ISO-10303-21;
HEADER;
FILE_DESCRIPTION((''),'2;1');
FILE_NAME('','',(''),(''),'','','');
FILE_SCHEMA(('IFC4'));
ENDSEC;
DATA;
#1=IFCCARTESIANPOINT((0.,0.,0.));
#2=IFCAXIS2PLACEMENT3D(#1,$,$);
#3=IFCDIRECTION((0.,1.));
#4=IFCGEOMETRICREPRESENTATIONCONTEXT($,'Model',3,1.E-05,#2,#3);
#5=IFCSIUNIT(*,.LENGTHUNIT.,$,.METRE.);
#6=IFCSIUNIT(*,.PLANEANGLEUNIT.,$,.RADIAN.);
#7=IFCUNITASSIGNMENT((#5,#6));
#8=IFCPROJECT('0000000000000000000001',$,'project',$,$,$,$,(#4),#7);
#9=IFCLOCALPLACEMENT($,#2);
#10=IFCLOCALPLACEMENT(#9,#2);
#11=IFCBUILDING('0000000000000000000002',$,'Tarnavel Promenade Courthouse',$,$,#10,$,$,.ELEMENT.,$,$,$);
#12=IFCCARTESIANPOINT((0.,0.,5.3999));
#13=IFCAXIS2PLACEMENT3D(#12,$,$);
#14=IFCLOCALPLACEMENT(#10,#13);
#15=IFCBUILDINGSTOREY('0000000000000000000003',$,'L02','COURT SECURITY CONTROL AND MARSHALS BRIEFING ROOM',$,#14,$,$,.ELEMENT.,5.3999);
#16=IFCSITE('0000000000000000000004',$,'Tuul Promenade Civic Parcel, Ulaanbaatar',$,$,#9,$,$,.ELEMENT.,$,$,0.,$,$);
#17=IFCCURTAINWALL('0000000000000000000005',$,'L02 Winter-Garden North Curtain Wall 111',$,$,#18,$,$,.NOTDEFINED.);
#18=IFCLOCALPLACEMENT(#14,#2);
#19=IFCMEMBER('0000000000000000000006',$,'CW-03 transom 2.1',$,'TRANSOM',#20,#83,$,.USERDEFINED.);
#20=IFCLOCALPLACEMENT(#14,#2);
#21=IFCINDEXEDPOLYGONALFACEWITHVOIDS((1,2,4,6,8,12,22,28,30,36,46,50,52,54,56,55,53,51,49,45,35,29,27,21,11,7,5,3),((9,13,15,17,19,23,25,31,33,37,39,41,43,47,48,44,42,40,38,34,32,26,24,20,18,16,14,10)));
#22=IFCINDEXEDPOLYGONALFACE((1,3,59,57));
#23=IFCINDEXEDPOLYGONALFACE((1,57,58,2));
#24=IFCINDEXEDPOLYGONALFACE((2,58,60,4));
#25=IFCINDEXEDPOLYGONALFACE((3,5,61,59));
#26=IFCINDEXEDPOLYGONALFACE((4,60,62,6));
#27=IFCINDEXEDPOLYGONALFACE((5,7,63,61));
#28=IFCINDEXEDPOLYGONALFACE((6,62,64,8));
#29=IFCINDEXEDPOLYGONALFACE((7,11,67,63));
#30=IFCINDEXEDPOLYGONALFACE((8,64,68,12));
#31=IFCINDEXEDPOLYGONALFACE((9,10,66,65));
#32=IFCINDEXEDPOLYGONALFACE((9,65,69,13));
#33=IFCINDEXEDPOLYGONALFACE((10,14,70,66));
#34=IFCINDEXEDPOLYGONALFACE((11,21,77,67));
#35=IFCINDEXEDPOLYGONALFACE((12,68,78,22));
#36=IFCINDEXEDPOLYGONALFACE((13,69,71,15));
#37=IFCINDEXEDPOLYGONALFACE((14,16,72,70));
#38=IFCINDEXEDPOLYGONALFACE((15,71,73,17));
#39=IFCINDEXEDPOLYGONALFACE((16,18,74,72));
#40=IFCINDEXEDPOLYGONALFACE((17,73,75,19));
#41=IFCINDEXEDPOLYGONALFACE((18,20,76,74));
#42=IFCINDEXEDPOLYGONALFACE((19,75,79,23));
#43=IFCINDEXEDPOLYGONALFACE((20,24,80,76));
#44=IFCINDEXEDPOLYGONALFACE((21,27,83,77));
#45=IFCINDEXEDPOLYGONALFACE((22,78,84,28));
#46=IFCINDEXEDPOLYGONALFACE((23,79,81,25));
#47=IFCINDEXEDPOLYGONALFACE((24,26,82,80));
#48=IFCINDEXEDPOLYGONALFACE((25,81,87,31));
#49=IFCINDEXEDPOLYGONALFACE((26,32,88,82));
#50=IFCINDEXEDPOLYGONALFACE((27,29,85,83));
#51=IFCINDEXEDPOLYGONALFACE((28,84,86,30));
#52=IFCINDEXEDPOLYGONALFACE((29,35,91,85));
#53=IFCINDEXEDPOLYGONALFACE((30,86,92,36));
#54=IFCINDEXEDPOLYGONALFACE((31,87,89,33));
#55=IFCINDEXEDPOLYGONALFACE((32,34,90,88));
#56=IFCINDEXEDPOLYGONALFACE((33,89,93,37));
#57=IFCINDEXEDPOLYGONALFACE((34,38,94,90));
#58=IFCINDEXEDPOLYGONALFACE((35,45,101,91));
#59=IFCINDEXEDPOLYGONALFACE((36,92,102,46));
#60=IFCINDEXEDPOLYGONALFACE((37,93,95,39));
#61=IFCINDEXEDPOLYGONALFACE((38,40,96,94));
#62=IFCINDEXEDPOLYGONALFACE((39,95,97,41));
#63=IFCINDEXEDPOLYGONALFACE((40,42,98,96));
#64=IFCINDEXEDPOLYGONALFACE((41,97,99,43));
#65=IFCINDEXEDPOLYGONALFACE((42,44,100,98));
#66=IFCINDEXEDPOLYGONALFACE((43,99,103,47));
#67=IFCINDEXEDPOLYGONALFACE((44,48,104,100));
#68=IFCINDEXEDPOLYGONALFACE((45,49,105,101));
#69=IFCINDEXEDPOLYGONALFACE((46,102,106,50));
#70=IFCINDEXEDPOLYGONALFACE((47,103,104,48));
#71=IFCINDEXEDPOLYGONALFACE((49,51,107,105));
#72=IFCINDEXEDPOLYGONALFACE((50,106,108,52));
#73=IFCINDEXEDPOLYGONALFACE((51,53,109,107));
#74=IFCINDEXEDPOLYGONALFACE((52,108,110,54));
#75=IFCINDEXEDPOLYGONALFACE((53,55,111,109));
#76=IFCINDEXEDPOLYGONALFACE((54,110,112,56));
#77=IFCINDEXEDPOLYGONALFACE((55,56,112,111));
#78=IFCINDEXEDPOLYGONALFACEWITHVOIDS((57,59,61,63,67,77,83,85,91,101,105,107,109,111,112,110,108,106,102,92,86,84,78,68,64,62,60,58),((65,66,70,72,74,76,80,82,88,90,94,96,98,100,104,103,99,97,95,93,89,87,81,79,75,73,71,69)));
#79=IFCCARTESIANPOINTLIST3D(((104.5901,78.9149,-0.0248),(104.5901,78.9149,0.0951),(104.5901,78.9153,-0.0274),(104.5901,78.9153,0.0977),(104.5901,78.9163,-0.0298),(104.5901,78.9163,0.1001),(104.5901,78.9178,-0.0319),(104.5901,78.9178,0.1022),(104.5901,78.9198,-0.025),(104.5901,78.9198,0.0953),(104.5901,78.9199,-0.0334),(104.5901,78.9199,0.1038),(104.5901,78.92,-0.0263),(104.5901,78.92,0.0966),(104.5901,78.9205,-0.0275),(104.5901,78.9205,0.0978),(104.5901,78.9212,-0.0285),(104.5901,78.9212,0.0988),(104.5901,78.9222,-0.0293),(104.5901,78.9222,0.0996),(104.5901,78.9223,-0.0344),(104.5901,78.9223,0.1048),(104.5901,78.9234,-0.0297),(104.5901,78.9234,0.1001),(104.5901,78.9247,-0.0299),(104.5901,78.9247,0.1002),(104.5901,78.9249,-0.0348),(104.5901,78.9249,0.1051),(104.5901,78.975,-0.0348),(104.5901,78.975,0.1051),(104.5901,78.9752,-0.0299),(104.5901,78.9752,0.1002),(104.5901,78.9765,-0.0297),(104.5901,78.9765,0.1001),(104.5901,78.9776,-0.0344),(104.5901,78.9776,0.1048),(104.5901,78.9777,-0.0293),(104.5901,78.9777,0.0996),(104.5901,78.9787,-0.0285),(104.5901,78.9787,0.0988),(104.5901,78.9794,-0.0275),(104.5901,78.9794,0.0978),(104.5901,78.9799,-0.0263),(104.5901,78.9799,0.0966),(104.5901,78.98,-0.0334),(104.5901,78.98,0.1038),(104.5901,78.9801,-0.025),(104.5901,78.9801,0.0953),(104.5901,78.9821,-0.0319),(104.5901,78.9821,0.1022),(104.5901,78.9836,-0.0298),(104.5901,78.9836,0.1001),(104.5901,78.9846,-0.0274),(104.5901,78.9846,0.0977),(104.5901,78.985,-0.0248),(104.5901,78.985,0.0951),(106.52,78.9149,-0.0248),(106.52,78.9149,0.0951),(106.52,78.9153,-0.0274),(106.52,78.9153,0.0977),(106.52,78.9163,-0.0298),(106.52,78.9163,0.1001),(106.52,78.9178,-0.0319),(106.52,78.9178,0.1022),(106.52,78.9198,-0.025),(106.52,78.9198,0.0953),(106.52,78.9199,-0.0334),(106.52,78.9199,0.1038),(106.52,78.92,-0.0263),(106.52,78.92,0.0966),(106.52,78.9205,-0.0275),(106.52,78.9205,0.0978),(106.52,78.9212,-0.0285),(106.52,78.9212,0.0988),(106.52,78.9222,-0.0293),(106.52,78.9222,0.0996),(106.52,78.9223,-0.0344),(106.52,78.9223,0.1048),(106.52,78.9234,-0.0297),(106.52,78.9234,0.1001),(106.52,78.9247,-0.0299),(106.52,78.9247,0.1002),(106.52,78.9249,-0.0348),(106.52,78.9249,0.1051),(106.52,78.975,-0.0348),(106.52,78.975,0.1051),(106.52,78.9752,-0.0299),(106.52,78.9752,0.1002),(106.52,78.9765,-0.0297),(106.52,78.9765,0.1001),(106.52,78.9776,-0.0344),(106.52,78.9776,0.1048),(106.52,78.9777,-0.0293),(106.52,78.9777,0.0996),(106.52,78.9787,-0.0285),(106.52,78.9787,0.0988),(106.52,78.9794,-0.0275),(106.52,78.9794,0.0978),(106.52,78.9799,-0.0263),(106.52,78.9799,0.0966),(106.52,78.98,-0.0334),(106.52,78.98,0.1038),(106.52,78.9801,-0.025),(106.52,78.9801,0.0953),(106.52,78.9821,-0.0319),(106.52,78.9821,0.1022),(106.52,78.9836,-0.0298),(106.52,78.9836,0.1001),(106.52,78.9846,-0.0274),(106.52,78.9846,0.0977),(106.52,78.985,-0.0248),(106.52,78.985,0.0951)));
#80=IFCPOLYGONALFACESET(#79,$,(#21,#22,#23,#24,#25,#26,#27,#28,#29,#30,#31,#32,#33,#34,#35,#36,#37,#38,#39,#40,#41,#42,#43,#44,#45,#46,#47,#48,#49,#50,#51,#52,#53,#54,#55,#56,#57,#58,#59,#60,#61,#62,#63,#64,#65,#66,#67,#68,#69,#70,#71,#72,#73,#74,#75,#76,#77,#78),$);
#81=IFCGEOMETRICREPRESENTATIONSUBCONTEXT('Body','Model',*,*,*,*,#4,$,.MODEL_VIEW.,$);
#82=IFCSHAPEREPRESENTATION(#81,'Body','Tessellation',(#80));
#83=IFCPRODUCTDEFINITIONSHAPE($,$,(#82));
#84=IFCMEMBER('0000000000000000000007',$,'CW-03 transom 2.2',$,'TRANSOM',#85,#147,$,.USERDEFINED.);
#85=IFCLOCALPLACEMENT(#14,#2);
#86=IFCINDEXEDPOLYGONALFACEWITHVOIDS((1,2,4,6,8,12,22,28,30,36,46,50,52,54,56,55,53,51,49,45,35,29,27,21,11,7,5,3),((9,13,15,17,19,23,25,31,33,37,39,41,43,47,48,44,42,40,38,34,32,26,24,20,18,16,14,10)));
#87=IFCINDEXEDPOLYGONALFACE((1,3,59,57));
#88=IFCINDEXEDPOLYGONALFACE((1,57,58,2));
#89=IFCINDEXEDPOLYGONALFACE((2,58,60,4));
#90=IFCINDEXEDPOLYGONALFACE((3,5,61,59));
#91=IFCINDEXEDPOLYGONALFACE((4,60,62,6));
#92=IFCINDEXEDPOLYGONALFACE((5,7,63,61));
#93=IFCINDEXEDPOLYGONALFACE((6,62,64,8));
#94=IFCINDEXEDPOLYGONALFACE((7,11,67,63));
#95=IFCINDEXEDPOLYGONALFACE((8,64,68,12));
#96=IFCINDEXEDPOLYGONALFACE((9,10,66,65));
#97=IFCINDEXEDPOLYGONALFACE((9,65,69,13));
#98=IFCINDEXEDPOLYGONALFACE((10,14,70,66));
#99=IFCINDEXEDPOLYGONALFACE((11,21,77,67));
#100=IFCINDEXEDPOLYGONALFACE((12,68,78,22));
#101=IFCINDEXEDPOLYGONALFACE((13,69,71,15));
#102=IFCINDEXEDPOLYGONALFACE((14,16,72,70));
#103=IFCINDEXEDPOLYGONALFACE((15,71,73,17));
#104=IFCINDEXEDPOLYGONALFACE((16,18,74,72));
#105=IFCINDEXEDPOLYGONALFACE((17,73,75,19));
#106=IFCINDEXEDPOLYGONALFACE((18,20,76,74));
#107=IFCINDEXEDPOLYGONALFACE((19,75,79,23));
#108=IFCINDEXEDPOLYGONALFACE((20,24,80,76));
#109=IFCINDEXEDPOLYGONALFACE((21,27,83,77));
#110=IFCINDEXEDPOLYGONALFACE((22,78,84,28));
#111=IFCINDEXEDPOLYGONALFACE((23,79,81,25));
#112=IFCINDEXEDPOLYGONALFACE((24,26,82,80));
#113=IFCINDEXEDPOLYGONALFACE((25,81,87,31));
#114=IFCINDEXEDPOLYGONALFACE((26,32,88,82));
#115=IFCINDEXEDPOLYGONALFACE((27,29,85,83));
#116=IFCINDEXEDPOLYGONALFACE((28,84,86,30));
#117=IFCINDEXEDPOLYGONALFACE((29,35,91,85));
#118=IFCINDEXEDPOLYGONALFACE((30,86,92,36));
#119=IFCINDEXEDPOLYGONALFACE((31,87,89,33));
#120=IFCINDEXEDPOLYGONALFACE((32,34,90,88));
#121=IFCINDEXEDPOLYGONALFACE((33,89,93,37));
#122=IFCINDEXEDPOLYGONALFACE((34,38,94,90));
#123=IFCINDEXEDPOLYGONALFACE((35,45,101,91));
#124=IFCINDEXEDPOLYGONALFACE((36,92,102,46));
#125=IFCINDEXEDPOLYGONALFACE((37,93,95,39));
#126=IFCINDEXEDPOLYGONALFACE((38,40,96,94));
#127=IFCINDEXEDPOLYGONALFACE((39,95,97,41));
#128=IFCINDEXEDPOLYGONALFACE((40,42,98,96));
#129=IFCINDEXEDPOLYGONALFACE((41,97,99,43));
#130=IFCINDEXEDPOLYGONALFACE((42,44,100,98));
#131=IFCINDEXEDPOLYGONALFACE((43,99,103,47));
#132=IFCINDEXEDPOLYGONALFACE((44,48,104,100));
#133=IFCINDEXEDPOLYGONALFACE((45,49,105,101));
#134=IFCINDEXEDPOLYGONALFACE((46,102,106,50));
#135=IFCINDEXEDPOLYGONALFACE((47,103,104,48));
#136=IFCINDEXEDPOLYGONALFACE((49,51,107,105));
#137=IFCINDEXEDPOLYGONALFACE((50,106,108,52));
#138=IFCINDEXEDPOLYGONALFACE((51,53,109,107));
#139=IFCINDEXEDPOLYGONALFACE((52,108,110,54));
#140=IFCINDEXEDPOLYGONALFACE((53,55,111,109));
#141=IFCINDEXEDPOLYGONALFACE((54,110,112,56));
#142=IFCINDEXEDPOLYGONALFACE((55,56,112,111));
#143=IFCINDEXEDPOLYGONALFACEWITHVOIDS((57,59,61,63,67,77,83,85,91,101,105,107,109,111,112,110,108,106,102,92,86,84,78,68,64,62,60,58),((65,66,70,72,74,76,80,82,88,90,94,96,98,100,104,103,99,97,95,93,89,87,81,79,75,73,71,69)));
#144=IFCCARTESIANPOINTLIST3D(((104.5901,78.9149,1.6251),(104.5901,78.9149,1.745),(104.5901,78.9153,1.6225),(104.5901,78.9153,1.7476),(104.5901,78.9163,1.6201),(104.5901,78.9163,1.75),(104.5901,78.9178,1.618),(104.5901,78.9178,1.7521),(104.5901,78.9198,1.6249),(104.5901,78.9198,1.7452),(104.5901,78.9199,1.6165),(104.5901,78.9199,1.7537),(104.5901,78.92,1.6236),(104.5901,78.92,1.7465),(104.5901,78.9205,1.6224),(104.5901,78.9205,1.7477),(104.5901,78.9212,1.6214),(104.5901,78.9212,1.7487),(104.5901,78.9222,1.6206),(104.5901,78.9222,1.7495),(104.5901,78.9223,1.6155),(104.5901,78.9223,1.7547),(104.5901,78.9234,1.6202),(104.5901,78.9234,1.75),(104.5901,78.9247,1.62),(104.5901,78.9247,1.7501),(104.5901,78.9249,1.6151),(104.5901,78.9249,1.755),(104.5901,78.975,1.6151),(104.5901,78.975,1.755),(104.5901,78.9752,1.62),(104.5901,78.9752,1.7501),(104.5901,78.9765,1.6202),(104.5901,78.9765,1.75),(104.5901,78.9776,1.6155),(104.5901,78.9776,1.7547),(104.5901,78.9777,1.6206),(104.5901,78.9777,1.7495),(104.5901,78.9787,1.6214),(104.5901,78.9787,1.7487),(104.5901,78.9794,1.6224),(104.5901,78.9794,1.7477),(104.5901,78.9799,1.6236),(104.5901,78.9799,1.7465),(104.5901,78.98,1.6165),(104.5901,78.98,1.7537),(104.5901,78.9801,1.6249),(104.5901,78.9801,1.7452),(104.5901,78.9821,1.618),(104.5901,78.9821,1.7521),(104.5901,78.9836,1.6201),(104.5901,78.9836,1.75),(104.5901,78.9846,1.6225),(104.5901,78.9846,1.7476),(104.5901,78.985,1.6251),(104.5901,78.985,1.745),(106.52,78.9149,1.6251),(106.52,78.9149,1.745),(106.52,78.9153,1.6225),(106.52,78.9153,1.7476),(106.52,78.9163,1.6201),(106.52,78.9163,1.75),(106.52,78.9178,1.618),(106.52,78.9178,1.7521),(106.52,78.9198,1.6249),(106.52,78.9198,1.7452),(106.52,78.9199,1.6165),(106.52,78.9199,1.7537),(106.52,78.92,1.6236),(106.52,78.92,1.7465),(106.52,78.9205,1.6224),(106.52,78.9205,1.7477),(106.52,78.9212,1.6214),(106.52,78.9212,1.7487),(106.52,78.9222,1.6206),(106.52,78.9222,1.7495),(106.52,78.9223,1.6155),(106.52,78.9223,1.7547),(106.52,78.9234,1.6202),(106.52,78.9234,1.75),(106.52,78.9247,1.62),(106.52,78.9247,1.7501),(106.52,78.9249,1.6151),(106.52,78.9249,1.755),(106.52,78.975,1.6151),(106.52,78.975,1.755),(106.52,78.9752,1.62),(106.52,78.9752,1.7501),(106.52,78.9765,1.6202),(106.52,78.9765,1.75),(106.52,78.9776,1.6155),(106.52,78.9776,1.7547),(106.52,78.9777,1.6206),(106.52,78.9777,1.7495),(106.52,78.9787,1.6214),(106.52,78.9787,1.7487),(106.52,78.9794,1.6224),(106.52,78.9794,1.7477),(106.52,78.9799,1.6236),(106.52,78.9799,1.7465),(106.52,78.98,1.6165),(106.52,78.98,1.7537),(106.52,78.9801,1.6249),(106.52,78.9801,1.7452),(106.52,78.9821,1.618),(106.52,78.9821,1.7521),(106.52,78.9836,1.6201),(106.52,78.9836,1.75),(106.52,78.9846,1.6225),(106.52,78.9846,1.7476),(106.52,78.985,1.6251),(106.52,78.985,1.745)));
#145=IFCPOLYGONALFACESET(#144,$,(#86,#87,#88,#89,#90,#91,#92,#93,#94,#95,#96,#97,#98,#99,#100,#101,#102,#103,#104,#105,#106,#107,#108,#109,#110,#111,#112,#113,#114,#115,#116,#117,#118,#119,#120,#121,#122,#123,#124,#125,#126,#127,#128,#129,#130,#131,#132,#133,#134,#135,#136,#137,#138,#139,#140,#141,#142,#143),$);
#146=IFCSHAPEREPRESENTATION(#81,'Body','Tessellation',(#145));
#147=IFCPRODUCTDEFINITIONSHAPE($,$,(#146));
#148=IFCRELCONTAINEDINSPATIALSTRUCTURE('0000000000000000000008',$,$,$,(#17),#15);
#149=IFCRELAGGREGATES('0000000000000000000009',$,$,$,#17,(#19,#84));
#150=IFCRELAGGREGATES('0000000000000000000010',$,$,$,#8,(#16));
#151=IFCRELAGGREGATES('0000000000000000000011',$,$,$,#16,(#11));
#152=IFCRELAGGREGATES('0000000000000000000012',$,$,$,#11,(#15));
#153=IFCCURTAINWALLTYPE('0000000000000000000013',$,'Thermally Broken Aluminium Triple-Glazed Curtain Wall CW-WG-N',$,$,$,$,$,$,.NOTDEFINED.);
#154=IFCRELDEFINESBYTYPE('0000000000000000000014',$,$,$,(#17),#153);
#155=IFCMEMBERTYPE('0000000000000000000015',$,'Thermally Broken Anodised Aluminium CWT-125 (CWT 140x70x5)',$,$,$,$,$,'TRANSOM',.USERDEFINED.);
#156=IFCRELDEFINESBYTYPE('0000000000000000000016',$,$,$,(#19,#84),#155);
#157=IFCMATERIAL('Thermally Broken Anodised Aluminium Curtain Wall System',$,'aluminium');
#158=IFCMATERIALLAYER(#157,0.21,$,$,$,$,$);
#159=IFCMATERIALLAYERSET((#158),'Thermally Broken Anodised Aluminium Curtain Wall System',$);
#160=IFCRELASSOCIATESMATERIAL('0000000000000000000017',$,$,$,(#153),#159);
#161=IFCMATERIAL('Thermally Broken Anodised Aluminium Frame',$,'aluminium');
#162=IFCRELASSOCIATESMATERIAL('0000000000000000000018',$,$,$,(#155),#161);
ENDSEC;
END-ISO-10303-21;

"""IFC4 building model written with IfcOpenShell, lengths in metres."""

from ifc_helpers import new_model, si_unit, direction, frame, origin, origin_2d, place, context, subcontext, project, spatial, hollow_rectangle, extrude, material, layer, layer_set, material_profile, profile_set, type_object, element, aggregate, save


model = new_model("IFC4")

# Units and contexts
model_context = context("Model", 3, precision=1e-05, world=origin(), true_north=direction((0.0, 1.0)))
body_context = subcontext(model_context, "Body", "Model", "MODEL_VIEW")
ifc_project = project(units=[si_unit("LENGTHUNIT", "METRE"), si_unit("PLANEANGLEUNIT", "RADIAN")], contexts=[model_context])

# Site, building, storey
site_placement = place(None, origin())
site = spatial("IfcSite", under=ifc_project, at=site_placement, Name="Tuul Promenade Civic Parcel, Ulaanbaatar", CompositionType="ELEMENT", RefElevation=0.0)
building_placement = place(site_placement, origin())
building = spatial("IfcBuilding", under=site, at=building_placement, Name="Tarnavel Promenade Courthouse", CompositionType="ELEMENT")
storey_placement = place(building_placement, frame((0.0, 0.0, 5.3999)))
storey = spatial("IfcBuildingStorey", under=building, at=storey_placement, Name="L02", Description="COURT SECURITY CONTROL AND MARSHALS BRIEFING ROOM", CompositionType="ELEMENT", Elevation=5.3999)

# Curtain wall
ifc_material_1 = material(Name="Thermally Broken Anodised Aluminium Curtain Wall System", Category="aluminium")
ifc_layer_1 = layer(ifc_material_1, 0.21)
ifc_layer_set_1 = layer_set([ifc_layer_1], Name="Thermally Broken Anodised Aluminium Curtain Wall System")
curtain_wall_type = type_object("IfcCurtainWallType", Name="Thermally Broken Aluminium Triple-Glazed Curtain Wall CW-WG-N", PredefinedType="NOTDEFINED", material=ifc_layer_set_1)
curtain_wall_1_placement = place(storey_placement, origin())
curtain_wall_1 = element("IfcCurtainWall", 1, at=curtain_wall_1_placement, inside=storey, type_object=curtain_wall_type, Name="L02 Winter-Garden North Curtain Wall 111", PredefinedType="NOTDEFINED")
ifc_material_2 = material(Name="Thermally Broken Anodised Aluminium Frame", Category="aluminium")

# Members
ifc_material_profile_1 = material_profile(ifc_material_2, hollow_rectangle(XDim=0.0701, YDim=0.1399, WallThickness=0.0049, InnerFilletRadius=0.0049, OuterFilletRadius=0.01, at=origin_2d()), Name="CWT 140x70x5")
ifc_profile_set_1 = profile_set([ifc_material_profile_1], Name="Thermally Broken Anodised Aluminium Frame")
member_type_1 = type_object("IfcMemberType", Name="Thermally Broken Anodised Aluminium CWT-125 (CWT 140x70x5)", ElementType="TRANSOM", PredefinedType="USERDEFINED", material=ifc_profile_set_1)
member_1_placement = place(storey_placement, frame((104.5901, 78.95, 0.0352), z_axis=(1.0, 0.0, 0.0), x_axis=(0.0, 1.0, 0.0)))
member_1 = element("IfcMember", 2, at=member_1_placement, type_object=member_type_1, Name="CW-03 transom 2.1", ObjectType="TRANSOM", PredefinedType="USERDEFINED", context=body_context, shape_type="SweptSolid", body=[
    extrude(hollow_rectangle(XDim=0.0701, YDim=0.1399, WallThickness=0.0049, InnerFilletRadius=0.0049, OuterFilletRadius=0.01, at=origin_2d()), origin(), (0.0, 0.0, 1.0), 1.9299),
])
member_2_placement = place(storey_placement, frame((104.5901, 78.95, 1.6851), z_axis=(1.0, 0.0, 0.0), x_axis=(0.0, 1.0, 0.0)))
member_2 = element("IfcMember", 3, at=member_2_placement, type_object=member_type_1, Name="CW-03 transom 2.2", ObjectType="TRANSOM", PredefinedType="USERDEFINED", context=body_context, shape_type="SweptSolid", body=[
    extrude(hollow_rectangle(XDim=0.0701, YDim=0.1399, WallThickness=0.0049, InnerFilletRadius=0.0049, OuterFilletRadius=0.01, at=origin_2d()), origin(), (0.0, 0.0, 1.0), 1.9299),
])

aggregate(curtain_wall_1, [member_1, member_2])

save(model, "model.ifc")
